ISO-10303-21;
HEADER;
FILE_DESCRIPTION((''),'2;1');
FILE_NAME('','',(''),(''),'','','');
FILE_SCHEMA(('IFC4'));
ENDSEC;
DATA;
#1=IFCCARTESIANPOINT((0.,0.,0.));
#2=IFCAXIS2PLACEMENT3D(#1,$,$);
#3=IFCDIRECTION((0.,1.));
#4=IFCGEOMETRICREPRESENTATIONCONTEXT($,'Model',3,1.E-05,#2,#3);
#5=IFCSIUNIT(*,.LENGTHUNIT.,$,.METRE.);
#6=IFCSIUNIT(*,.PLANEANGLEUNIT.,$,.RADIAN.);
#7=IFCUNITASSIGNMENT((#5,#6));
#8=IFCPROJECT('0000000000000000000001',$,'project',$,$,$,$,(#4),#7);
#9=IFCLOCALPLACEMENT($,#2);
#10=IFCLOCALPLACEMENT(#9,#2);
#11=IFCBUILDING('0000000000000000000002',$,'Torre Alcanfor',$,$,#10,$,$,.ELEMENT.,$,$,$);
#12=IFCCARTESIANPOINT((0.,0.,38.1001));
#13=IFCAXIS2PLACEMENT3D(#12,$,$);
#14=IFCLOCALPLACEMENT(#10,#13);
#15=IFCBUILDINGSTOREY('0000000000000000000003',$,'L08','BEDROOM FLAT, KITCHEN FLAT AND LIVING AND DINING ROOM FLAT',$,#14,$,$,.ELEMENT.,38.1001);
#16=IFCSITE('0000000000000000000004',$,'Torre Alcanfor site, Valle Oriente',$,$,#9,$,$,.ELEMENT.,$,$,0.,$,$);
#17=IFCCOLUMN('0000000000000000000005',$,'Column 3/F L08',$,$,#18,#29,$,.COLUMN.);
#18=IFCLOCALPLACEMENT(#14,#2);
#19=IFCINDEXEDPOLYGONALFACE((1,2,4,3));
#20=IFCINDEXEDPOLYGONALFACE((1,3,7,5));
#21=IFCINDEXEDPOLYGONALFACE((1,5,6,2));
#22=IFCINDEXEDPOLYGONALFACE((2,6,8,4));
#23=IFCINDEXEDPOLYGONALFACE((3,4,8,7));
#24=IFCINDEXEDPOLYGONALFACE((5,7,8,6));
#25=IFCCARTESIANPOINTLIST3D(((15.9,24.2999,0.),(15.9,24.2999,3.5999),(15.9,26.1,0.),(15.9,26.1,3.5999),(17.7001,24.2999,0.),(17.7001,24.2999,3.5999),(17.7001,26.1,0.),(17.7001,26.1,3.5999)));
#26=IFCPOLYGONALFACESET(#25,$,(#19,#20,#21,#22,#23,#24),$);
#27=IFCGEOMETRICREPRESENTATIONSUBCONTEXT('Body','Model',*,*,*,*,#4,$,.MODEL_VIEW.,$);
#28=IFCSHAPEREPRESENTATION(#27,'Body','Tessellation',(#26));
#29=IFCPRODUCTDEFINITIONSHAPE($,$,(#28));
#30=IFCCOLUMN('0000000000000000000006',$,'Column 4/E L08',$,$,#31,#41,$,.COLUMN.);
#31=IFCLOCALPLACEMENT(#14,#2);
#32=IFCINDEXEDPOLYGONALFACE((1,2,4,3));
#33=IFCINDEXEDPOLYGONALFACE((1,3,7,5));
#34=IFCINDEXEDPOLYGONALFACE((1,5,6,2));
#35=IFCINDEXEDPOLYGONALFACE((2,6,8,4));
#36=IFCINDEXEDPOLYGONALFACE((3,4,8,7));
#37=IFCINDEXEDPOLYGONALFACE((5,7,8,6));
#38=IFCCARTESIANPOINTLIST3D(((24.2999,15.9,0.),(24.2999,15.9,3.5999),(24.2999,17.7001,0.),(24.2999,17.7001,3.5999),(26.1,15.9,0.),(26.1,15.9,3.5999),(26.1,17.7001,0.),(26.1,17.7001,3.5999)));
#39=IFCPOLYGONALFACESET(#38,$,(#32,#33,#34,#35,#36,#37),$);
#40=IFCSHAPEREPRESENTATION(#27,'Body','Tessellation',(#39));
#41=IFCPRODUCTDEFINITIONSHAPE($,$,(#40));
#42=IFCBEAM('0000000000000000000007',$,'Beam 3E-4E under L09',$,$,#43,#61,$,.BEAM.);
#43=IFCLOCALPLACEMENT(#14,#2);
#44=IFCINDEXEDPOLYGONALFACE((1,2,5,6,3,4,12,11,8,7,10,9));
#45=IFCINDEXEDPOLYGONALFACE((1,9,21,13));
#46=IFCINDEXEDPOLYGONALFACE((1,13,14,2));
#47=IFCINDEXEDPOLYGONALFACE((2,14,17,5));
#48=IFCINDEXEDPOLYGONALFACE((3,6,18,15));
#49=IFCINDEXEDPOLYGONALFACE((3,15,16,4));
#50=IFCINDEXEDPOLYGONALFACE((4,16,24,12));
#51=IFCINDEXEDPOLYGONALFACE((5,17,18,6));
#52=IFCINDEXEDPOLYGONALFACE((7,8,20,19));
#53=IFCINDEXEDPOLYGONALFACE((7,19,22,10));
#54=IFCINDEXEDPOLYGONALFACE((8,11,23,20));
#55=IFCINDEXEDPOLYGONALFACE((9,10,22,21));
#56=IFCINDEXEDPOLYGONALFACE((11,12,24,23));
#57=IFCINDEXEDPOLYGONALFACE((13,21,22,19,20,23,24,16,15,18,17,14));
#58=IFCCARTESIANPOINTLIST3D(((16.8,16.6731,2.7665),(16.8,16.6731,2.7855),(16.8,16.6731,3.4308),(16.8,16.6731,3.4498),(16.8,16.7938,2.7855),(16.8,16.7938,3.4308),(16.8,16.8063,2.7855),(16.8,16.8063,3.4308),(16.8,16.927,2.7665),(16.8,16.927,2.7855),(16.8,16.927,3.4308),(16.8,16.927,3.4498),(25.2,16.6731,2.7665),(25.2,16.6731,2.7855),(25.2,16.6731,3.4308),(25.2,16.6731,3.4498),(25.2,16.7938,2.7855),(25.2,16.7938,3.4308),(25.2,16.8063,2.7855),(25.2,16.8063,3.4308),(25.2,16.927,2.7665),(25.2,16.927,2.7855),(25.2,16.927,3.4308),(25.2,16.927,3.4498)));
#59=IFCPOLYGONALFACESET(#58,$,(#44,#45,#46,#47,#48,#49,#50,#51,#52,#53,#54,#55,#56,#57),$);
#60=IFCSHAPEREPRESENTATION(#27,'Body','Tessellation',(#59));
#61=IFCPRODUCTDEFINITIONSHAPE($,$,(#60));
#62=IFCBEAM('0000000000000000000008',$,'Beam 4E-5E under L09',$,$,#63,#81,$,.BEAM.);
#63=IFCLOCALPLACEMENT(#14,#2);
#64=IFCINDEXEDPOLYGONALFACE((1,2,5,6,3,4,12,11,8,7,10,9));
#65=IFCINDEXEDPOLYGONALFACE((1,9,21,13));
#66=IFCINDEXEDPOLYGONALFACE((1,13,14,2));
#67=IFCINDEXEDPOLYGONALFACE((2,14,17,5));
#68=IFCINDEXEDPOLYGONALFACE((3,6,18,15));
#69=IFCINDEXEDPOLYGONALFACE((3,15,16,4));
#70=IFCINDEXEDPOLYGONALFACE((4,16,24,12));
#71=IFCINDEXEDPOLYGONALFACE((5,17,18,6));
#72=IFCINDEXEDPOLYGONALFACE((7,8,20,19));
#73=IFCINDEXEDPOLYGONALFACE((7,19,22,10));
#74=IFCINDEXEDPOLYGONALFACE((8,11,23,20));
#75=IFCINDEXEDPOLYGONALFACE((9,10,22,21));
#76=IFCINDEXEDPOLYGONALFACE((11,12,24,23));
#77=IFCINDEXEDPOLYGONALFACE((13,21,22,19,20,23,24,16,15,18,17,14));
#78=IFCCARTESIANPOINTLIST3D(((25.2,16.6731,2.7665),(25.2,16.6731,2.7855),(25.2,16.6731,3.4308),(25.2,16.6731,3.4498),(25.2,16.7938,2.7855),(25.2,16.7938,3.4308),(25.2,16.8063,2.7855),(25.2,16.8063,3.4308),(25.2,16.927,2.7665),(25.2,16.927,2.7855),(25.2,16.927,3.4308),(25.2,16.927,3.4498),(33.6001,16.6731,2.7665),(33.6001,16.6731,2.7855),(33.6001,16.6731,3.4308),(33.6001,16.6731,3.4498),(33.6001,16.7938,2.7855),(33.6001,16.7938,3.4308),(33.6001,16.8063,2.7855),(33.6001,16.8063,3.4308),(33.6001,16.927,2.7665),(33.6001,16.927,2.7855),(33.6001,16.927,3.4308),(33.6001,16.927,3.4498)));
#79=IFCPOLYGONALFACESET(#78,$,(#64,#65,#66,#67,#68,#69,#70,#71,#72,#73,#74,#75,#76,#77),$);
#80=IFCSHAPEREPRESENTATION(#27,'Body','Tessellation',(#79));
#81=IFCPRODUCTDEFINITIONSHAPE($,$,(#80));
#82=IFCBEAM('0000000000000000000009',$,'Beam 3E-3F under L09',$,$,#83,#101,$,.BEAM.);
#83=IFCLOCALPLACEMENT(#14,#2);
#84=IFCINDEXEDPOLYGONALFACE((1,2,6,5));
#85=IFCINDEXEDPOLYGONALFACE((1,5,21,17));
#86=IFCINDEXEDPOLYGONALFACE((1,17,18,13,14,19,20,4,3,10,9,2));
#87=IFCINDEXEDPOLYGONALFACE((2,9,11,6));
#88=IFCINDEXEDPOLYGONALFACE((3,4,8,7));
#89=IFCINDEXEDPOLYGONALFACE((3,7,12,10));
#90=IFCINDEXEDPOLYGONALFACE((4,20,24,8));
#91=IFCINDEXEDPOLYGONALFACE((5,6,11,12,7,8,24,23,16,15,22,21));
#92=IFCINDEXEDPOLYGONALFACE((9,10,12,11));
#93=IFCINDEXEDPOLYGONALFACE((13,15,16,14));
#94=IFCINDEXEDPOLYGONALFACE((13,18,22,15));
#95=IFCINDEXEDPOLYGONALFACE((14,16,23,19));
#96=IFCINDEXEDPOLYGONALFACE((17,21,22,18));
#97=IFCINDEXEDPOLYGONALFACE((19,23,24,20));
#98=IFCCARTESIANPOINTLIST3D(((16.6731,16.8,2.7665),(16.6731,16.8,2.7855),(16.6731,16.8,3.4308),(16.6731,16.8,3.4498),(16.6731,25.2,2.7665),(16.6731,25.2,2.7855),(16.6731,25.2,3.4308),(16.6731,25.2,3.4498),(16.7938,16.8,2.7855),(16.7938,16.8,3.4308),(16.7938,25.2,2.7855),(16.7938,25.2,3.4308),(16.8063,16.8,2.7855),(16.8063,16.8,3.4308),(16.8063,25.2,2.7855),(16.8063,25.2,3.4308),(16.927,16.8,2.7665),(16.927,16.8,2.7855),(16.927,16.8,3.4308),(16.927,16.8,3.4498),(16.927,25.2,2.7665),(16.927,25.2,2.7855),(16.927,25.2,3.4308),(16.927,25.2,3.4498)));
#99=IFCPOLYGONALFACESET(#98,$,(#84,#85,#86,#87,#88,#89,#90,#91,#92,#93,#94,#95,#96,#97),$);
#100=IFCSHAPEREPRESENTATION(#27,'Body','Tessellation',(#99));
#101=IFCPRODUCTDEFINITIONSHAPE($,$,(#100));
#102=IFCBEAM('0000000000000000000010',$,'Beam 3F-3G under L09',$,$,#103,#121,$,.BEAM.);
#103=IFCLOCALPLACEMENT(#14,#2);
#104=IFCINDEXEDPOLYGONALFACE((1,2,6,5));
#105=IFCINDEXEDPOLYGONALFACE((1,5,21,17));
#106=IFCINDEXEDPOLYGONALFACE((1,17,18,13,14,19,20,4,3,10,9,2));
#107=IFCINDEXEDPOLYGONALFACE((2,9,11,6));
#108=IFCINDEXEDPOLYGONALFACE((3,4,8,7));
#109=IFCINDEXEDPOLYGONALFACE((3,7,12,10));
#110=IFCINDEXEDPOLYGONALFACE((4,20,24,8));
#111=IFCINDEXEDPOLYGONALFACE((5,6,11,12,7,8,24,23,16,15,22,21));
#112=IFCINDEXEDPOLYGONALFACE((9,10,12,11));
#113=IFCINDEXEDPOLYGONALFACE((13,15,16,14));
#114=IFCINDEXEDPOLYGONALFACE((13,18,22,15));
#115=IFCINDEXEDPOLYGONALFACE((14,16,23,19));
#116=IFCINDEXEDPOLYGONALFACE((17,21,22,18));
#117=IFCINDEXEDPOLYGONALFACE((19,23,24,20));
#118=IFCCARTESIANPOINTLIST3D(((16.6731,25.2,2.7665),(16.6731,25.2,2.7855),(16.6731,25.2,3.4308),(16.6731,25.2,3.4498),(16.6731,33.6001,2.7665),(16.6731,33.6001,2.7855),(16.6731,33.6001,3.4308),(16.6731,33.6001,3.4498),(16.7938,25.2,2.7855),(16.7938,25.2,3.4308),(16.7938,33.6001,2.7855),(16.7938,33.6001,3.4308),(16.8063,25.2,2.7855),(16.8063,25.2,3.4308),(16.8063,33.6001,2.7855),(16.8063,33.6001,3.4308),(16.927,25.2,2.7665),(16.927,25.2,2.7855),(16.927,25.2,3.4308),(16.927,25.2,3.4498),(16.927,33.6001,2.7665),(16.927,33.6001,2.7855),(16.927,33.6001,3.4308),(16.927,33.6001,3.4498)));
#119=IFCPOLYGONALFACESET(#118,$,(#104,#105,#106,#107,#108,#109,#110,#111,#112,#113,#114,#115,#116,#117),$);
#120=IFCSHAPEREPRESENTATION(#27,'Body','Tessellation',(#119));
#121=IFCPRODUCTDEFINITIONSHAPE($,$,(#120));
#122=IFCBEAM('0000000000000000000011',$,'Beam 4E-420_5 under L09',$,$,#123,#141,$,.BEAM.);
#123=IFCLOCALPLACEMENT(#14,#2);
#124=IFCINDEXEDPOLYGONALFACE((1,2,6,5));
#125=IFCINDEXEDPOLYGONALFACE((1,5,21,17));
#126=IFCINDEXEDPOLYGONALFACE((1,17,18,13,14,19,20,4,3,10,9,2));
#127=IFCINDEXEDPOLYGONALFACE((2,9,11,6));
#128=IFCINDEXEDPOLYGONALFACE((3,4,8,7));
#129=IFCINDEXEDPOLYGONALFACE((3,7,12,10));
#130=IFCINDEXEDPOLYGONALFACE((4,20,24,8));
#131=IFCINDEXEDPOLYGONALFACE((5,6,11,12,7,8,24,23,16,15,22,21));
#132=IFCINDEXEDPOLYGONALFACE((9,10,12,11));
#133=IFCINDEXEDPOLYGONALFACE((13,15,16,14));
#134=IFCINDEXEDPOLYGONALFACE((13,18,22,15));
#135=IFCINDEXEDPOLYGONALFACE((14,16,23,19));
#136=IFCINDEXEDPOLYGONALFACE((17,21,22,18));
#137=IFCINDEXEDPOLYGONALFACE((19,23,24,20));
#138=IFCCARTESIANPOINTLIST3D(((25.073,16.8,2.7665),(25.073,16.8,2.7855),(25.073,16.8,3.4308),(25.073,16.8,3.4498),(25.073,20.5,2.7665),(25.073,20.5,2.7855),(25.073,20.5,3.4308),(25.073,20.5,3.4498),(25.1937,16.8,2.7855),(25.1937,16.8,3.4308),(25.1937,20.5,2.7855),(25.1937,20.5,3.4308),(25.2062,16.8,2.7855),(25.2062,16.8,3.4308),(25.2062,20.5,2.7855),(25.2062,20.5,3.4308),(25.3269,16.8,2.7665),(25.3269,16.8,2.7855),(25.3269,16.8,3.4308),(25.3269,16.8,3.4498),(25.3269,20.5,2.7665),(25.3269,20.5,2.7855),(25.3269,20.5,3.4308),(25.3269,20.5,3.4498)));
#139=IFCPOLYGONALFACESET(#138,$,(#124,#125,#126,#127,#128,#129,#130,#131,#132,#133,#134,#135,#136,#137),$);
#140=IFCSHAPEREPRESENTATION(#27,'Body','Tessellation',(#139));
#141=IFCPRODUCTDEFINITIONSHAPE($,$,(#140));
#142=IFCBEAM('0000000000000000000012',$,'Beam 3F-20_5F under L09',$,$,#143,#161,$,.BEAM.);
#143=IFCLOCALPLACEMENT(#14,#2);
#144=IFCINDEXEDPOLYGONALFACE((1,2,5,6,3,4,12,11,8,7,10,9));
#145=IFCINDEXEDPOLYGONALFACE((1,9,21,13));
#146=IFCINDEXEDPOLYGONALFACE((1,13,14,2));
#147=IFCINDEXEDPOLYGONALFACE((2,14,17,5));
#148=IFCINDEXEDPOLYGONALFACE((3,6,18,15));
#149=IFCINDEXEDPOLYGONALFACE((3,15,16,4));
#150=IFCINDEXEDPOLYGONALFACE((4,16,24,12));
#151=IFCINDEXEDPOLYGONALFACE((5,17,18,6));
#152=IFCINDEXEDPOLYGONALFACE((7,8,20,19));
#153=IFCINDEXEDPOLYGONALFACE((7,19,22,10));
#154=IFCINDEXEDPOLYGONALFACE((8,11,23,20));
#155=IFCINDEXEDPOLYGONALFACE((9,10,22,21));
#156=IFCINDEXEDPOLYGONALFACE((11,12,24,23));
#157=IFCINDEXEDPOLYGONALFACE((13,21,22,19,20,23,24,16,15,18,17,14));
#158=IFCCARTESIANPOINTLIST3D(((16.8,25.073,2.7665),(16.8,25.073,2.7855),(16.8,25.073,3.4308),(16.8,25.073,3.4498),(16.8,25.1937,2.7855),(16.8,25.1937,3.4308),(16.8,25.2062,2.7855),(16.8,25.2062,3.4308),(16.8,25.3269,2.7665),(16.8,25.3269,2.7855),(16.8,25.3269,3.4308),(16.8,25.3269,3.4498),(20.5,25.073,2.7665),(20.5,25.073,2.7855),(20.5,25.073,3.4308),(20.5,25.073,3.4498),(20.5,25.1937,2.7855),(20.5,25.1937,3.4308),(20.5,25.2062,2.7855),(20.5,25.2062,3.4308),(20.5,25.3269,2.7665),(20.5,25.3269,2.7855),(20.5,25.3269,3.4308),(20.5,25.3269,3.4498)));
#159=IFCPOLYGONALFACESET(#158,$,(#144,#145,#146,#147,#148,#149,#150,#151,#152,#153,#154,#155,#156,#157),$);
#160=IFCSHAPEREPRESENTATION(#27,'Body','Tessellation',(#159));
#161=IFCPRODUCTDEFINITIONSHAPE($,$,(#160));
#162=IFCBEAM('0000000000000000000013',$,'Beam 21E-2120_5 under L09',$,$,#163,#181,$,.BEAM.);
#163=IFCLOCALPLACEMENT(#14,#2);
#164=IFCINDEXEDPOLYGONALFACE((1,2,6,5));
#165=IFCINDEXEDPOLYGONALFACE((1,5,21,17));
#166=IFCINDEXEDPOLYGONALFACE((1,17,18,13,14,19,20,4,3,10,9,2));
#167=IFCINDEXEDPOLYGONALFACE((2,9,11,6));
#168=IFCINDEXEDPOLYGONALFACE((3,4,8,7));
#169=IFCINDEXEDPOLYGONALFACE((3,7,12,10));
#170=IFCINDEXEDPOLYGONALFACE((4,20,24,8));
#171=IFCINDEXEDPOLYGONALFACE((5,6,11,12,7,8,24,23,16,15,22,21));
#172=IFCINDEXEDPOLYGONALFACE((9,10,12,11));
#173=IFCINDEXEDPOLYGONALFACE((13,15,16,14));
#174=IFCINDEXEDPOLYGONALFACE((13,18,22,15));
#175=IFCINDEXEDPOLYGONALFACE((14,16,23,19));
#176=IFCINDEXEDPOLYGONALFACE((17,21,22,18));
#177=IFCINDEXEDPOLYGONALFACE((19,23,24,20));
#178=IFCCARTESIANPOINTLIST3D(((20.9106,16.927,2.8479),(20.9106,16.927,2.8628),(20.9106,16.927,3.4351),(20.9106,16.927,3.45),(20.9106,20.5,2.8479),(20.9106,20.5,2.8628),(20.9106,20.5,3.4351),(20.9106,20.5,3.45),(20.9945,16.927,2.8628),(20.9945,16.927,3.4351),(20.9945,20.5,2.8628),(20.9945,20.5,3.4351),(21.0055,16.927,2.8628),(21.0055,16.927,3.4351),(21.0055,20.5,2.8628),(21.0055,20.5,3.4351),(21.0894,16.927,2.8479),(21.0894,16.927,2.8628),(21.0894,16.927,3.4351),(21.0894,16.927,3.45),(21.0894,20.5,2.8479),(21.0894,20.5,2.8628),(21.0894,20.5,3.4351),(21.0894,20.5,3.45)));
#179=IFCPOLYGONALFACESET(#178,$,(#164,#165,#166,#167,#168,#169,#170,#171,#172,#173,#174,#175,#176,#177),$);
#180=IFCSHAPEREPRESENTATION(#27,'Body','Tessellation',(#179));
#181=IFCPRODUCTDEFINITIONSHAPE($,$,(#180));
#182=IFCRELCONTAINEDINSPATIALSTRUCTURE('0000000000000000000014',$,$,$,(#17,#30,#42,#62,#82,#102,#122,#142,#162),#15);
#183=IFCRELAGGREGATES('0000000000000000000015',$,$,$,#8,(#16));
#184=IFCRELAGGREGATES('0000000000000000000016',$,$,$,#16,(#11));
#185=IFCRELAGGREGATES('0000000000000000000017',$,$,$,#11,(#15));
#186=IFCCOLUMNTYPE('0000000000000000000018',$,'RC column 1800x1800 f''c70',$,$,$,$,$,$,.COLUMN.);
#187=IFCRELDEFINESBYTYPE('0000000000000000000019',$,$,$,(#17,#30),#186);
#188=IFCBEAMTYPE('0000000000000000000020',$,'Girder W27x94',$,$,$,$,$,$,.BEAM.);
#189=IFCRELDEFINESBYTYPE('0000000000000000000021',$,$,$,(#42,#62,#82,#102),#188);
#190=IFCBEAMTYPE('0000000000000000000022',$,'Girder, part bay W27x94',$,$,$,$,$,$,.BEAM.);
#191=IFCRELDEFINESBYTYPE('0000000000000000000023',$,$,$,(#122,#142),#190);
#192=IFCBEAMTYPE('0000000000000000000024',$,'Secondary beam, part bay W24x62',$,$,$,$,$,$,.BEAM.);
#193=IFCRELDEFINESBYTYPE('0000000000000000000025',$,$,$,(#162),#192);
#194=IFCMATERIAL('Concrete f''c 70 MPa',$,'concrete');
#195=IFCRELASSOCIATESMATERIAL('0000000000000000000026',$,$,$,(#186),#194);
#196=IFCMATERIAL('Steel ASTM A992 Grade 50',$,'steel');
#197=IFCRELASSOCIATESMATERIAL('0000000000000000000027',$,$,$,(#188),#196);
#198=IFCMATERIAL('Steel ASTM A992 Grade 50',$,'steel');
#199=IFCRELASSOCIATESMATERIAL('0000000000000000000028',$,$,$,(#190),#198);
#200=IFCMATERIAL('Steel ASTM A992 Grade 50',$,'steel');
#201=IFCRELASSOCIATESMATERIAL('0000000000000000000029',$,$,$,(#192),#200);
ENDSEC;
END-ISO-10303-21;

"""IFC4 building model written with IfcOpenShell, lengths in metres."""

from ifc_helpers import new_model, si_unit, direction, frame, origin, origin_2d, place, context, subcontext, project, spatial, rectangle, i_section, extrude, material, material_profile, profile_set, type_object, element, save


model = new_model("IFC4")

# Units and contexts
model_context = context("Model", 3, precision=1e-05, world=origin(), true_north=direction((0.0, 1.0)))
body_context = subcontext(model_context, "Body", "Model", "MODEL_VIEW")
ifc_project = project(units=[si_unit("LENGTHUNIT", "METRE"), si_unit("PLANEANGLEUNIT", "RADIAN")], contexts=[model_context])

# Site, building, storey
site_placement = place(None, origin())
site = spatial("IfcSite", under=ifc_project, at=site_placement, Name="Torre Alcanfor site, Valle Oriente", CompositionType="ELEMENT", RefElevation=0.0)
building_placement = place(site_placement, origin())
building = spatial("IfcBuilding", under=site, at=building_placement, Name="Torre Alcanfor", CompositionType="ELEMENT")
storey_placement = place(building_placement, frame((0.0, 0.0, 38.1001)))
storey = spatial("IfcBuildingStorey", under=building, at=storey_placement, Name="L08", Description="BEDROOM FLAT, KITCHEN FLAT AND LIVING AND DINING ROOM FLAT", CompositionType="ELEMENT", Elevation=38.1001)

# Columns
ifc_material_1 = material(Name="Concrete f'c 70 MPa", Category="concrete")
ifc_material_profile_1 = material_profile(ifc_material_1, rectangle(XDim=1.8, YDim=1.8, at=origin_2d()), Name="1800x1800")
ifc_profile_set_1 = profile_set([ifc_material_profile_1], Name="Concrete f'c 70 MPa")
column_type = type_object("IfcColumnType", Name="RC column 1800x1800 f'c70", PredefinedType="COLUMN", material=ifc_profile_set_1)
for number, where, z_axis, x_axis, name in (
    (1, (16.8, 25.2, 0.0), (0.0, 0.0, 1.0), (1.0, 0.0, 0.0), "Column 3/F L08"),
    (2, (25.2, 16.8, 0.0), (0.0, 0.0, 1.0), (1.0, 0.0, 0.0), "Column 4/E L08"),
):
    element("IfcColumn", number, at=place(storey_placement, frame(where, z_axis=z_axis, x_axis=x_axis)), inside=storey, type_object=column_type, Name=name, PredefinedType="COLUMN", context=body_context, shape_type="SweptSolid", body=[
        extrude(rectangle(XDim=1.8, YDim=1.8, at=origin_2d()), origin(), (0.0, 0.0, 1.0), 3.5999),
    ])

# Beams
ifc_material_2 = material(Name="Steel ASTM A992 Grade 50", Category="steel")
ifc_material_profile_2 = material_profile(ifc_material_2, i_section(OverallWidth=0.2539, OverallDepth=0.6833, WebThickness=0.0125, FlangeThickness=0.019, at=origin_2d()), Name="W27x94")
ifc_profile_set_2 = profile_set([ifc_material_profile_2], Name="Steel ASTM A992 Grade 50")
beam_type_1 = type_object("IfcBeamType", Name="Girder W27x94", PredefinedType="BEAM", material=ifc_profile_set_2)
beam_1_placement = place(storey_placement, frame((16.8, 16.8, 3.1082), z_axis=(1.0, 0.0, 0.0), x_axis=(0.0, 1.0, 0.0)))
element("IfcBeam", 3, at=beam_1_placement, inside=storey, type_object=beam_type_1, Name="Beam 3E-4E under L09", PredefinedType="BEAM", context=body_context, shape_type="SweptSolid", body=[
    extrude(i_section(OverallWidth=0.2539, OverallDepth=0.6833, WebThickness=0.0125, FlangeThickness=0.019, at=origin_2d()), origin(), (0.0, 0.0, 1.0), 8.3999),
])
beam_2_placement = place(storey_placement, frame((25.2, 16.8, 3.1082), z_axis=(1.0, 0.0, 0.0), x_axis=(0.0, 1.0, 0.0)))
element("IfcBeam", 4, at=beam_2_placement, inside=storey, type_object=beam_type_1, Name="Beam 4E-5E under L09", PredefinedType="BEAM", context=body_context, shape_type="SweptSolid", body=[
    extrude(i_section(OverallWidth=0.2539, OverallDepth=0.6833, WebThickness=0.0125, FlangeThickness=0.019, at=origin_2d()), origin(), (0.0, 0.0, 1.0), 8.4001),
])
beam_3_placement = place(storey_placement, frame((16.8, 16.8, 3.1082), z_axis=(0.0, 1.0, 0.0), x_axis=(-1.0, 0.0, 0.0)))
element("IfcBeam", 5, at=beam_3_placement, inside=storey, type_object=beam_type_1, Name="Beam 3E-3F under L09", PredefinedType="BEAM", context=body_context, shape_type="SweptSolid", body=[
    extrude(i_section(OverallWidth=0.2539, OverallDepth=0.6833, WebThickness=0.0125, FlangeThickness=0.019, at=origin_2d()), origin(), (0.0, 0.0, 1.0), 8.3999),
])
beam_4_placement = place(storey_placement, frame((16.8, 25.2, 3.1082), z_axis=(0.0, 1.0, 0.0), x_axis=(-1.0, 0.0, 0.0)))
element("IfcBeam", 6, at=beam_4_placement, inside=storey, type_object=beam_type_1, Name="Beam 3F-3G under L09", PredefinedType="BEAM", context=body_context, shape_type="SweptSolid", body=[
    extrude(i_section(OverallWidth=0.2539, OverallDepth=0.6833, WebThickness=0.0125, FlangeThickness=0.019, at=origin_2d()), origin(), (0.0, 0.0, 1.0), 8.4001),
])
ifc_material_3 = material(Name="Steel ASTM A992 Grade 50", Category="steel")
ifc_material_profile_3 = material_profile(ifc_material_3, i_section(OverallWidth=0.2539, OverallDepth=0.6833, WebThickness=0.0125, FlangeThickness=0.019, at=origin_2d()), Name="W27x94")
ifc_profile_set_3 = profile_set([ifc_material_profile_3], Name="Steel ASTM A992 Grade 50")
beam_type_2 = type_object("IfcBeamType", Name="Girder, part bay W27x94", PredefinedType="BEAM", material=ifc_profile_set_3)
for number, where, z_axis, x_axis, name in (
    (7, (25.2, 16.8, 3.1082), (0.0, 1.0, 0.0), (-1.0, 0.0, 0.0), "Beam 4E-420_5 under L09"),
    (8, (16.8, 25.2, 3.1082), (1.0, 0.0, 0.0), (0.0, 1.0, 0.0), "Beam 3F-20_5F under L09"),
):
    element("IfcBeam", number, at=place(storey_placement, frame(where, z_axis=z_axis, x_axis=x_axis)), inside=storey, type_object=beam_type_2, Name=name, PredefinedType="BEAM", context=body_context, shape_type="SweptSolid", body=[
        extrude(i_section(OverallWidth=0.2539, OverallDepth=0.6833, WebThickness=0.0125, FlangeThickness=0.019, at=origin_2d()), origin(), (0.0, 0.0, 1.0), 3.7),
    ])
ifc_material_4 = material(Name="Steel ASTM A992 Grade 50", Category="steel")
ifc_material_profile_4 = material_profile(ifc_material_4, i_section(OverallWidth=0.1787, OverallDepth=0.6021, WebThickness=0.011, FlangeThickness=0.0149, at=origin_2d()), Name="W24x62")
ifc_profile_set_4 = profile_set([ifc_material_profile_4], Name="Steel ASTM A992 Grade 50")
beam_type_3 = type_object("IfcBeamType", Name="Secondary beam, part bay W24x62", PredefinedType="BEAM", material=ifc_profile_set_4)
for number, where, z_axis, x_axis, name in (
    (9, (21.0, 16.927, 3.1489), (0.0, 1.0, 0.0), (-1.0, 0.0, 0.0), "Beam 21E-2120_5 under L09"),
):
    element("IfcBeam", number, at=place(storey_placement, frame(where, z_axis=z_axis, x_axis=x_axis)), inside=storey, type_object=beam_type_3, Name=name, PredefinedType="BEAM", context=body_context, shape_type="SweptSolid", body=[
        extrude(i_section(OverallWidth=0.1787, OverallDepth=0.6021, WebThickness=0.011, FlangeThickness=0.0149, at=origin_2d()), origin(), (0.0, 0.0, 1.0), 3.573),
    ])

save(model, "model.ifc")
